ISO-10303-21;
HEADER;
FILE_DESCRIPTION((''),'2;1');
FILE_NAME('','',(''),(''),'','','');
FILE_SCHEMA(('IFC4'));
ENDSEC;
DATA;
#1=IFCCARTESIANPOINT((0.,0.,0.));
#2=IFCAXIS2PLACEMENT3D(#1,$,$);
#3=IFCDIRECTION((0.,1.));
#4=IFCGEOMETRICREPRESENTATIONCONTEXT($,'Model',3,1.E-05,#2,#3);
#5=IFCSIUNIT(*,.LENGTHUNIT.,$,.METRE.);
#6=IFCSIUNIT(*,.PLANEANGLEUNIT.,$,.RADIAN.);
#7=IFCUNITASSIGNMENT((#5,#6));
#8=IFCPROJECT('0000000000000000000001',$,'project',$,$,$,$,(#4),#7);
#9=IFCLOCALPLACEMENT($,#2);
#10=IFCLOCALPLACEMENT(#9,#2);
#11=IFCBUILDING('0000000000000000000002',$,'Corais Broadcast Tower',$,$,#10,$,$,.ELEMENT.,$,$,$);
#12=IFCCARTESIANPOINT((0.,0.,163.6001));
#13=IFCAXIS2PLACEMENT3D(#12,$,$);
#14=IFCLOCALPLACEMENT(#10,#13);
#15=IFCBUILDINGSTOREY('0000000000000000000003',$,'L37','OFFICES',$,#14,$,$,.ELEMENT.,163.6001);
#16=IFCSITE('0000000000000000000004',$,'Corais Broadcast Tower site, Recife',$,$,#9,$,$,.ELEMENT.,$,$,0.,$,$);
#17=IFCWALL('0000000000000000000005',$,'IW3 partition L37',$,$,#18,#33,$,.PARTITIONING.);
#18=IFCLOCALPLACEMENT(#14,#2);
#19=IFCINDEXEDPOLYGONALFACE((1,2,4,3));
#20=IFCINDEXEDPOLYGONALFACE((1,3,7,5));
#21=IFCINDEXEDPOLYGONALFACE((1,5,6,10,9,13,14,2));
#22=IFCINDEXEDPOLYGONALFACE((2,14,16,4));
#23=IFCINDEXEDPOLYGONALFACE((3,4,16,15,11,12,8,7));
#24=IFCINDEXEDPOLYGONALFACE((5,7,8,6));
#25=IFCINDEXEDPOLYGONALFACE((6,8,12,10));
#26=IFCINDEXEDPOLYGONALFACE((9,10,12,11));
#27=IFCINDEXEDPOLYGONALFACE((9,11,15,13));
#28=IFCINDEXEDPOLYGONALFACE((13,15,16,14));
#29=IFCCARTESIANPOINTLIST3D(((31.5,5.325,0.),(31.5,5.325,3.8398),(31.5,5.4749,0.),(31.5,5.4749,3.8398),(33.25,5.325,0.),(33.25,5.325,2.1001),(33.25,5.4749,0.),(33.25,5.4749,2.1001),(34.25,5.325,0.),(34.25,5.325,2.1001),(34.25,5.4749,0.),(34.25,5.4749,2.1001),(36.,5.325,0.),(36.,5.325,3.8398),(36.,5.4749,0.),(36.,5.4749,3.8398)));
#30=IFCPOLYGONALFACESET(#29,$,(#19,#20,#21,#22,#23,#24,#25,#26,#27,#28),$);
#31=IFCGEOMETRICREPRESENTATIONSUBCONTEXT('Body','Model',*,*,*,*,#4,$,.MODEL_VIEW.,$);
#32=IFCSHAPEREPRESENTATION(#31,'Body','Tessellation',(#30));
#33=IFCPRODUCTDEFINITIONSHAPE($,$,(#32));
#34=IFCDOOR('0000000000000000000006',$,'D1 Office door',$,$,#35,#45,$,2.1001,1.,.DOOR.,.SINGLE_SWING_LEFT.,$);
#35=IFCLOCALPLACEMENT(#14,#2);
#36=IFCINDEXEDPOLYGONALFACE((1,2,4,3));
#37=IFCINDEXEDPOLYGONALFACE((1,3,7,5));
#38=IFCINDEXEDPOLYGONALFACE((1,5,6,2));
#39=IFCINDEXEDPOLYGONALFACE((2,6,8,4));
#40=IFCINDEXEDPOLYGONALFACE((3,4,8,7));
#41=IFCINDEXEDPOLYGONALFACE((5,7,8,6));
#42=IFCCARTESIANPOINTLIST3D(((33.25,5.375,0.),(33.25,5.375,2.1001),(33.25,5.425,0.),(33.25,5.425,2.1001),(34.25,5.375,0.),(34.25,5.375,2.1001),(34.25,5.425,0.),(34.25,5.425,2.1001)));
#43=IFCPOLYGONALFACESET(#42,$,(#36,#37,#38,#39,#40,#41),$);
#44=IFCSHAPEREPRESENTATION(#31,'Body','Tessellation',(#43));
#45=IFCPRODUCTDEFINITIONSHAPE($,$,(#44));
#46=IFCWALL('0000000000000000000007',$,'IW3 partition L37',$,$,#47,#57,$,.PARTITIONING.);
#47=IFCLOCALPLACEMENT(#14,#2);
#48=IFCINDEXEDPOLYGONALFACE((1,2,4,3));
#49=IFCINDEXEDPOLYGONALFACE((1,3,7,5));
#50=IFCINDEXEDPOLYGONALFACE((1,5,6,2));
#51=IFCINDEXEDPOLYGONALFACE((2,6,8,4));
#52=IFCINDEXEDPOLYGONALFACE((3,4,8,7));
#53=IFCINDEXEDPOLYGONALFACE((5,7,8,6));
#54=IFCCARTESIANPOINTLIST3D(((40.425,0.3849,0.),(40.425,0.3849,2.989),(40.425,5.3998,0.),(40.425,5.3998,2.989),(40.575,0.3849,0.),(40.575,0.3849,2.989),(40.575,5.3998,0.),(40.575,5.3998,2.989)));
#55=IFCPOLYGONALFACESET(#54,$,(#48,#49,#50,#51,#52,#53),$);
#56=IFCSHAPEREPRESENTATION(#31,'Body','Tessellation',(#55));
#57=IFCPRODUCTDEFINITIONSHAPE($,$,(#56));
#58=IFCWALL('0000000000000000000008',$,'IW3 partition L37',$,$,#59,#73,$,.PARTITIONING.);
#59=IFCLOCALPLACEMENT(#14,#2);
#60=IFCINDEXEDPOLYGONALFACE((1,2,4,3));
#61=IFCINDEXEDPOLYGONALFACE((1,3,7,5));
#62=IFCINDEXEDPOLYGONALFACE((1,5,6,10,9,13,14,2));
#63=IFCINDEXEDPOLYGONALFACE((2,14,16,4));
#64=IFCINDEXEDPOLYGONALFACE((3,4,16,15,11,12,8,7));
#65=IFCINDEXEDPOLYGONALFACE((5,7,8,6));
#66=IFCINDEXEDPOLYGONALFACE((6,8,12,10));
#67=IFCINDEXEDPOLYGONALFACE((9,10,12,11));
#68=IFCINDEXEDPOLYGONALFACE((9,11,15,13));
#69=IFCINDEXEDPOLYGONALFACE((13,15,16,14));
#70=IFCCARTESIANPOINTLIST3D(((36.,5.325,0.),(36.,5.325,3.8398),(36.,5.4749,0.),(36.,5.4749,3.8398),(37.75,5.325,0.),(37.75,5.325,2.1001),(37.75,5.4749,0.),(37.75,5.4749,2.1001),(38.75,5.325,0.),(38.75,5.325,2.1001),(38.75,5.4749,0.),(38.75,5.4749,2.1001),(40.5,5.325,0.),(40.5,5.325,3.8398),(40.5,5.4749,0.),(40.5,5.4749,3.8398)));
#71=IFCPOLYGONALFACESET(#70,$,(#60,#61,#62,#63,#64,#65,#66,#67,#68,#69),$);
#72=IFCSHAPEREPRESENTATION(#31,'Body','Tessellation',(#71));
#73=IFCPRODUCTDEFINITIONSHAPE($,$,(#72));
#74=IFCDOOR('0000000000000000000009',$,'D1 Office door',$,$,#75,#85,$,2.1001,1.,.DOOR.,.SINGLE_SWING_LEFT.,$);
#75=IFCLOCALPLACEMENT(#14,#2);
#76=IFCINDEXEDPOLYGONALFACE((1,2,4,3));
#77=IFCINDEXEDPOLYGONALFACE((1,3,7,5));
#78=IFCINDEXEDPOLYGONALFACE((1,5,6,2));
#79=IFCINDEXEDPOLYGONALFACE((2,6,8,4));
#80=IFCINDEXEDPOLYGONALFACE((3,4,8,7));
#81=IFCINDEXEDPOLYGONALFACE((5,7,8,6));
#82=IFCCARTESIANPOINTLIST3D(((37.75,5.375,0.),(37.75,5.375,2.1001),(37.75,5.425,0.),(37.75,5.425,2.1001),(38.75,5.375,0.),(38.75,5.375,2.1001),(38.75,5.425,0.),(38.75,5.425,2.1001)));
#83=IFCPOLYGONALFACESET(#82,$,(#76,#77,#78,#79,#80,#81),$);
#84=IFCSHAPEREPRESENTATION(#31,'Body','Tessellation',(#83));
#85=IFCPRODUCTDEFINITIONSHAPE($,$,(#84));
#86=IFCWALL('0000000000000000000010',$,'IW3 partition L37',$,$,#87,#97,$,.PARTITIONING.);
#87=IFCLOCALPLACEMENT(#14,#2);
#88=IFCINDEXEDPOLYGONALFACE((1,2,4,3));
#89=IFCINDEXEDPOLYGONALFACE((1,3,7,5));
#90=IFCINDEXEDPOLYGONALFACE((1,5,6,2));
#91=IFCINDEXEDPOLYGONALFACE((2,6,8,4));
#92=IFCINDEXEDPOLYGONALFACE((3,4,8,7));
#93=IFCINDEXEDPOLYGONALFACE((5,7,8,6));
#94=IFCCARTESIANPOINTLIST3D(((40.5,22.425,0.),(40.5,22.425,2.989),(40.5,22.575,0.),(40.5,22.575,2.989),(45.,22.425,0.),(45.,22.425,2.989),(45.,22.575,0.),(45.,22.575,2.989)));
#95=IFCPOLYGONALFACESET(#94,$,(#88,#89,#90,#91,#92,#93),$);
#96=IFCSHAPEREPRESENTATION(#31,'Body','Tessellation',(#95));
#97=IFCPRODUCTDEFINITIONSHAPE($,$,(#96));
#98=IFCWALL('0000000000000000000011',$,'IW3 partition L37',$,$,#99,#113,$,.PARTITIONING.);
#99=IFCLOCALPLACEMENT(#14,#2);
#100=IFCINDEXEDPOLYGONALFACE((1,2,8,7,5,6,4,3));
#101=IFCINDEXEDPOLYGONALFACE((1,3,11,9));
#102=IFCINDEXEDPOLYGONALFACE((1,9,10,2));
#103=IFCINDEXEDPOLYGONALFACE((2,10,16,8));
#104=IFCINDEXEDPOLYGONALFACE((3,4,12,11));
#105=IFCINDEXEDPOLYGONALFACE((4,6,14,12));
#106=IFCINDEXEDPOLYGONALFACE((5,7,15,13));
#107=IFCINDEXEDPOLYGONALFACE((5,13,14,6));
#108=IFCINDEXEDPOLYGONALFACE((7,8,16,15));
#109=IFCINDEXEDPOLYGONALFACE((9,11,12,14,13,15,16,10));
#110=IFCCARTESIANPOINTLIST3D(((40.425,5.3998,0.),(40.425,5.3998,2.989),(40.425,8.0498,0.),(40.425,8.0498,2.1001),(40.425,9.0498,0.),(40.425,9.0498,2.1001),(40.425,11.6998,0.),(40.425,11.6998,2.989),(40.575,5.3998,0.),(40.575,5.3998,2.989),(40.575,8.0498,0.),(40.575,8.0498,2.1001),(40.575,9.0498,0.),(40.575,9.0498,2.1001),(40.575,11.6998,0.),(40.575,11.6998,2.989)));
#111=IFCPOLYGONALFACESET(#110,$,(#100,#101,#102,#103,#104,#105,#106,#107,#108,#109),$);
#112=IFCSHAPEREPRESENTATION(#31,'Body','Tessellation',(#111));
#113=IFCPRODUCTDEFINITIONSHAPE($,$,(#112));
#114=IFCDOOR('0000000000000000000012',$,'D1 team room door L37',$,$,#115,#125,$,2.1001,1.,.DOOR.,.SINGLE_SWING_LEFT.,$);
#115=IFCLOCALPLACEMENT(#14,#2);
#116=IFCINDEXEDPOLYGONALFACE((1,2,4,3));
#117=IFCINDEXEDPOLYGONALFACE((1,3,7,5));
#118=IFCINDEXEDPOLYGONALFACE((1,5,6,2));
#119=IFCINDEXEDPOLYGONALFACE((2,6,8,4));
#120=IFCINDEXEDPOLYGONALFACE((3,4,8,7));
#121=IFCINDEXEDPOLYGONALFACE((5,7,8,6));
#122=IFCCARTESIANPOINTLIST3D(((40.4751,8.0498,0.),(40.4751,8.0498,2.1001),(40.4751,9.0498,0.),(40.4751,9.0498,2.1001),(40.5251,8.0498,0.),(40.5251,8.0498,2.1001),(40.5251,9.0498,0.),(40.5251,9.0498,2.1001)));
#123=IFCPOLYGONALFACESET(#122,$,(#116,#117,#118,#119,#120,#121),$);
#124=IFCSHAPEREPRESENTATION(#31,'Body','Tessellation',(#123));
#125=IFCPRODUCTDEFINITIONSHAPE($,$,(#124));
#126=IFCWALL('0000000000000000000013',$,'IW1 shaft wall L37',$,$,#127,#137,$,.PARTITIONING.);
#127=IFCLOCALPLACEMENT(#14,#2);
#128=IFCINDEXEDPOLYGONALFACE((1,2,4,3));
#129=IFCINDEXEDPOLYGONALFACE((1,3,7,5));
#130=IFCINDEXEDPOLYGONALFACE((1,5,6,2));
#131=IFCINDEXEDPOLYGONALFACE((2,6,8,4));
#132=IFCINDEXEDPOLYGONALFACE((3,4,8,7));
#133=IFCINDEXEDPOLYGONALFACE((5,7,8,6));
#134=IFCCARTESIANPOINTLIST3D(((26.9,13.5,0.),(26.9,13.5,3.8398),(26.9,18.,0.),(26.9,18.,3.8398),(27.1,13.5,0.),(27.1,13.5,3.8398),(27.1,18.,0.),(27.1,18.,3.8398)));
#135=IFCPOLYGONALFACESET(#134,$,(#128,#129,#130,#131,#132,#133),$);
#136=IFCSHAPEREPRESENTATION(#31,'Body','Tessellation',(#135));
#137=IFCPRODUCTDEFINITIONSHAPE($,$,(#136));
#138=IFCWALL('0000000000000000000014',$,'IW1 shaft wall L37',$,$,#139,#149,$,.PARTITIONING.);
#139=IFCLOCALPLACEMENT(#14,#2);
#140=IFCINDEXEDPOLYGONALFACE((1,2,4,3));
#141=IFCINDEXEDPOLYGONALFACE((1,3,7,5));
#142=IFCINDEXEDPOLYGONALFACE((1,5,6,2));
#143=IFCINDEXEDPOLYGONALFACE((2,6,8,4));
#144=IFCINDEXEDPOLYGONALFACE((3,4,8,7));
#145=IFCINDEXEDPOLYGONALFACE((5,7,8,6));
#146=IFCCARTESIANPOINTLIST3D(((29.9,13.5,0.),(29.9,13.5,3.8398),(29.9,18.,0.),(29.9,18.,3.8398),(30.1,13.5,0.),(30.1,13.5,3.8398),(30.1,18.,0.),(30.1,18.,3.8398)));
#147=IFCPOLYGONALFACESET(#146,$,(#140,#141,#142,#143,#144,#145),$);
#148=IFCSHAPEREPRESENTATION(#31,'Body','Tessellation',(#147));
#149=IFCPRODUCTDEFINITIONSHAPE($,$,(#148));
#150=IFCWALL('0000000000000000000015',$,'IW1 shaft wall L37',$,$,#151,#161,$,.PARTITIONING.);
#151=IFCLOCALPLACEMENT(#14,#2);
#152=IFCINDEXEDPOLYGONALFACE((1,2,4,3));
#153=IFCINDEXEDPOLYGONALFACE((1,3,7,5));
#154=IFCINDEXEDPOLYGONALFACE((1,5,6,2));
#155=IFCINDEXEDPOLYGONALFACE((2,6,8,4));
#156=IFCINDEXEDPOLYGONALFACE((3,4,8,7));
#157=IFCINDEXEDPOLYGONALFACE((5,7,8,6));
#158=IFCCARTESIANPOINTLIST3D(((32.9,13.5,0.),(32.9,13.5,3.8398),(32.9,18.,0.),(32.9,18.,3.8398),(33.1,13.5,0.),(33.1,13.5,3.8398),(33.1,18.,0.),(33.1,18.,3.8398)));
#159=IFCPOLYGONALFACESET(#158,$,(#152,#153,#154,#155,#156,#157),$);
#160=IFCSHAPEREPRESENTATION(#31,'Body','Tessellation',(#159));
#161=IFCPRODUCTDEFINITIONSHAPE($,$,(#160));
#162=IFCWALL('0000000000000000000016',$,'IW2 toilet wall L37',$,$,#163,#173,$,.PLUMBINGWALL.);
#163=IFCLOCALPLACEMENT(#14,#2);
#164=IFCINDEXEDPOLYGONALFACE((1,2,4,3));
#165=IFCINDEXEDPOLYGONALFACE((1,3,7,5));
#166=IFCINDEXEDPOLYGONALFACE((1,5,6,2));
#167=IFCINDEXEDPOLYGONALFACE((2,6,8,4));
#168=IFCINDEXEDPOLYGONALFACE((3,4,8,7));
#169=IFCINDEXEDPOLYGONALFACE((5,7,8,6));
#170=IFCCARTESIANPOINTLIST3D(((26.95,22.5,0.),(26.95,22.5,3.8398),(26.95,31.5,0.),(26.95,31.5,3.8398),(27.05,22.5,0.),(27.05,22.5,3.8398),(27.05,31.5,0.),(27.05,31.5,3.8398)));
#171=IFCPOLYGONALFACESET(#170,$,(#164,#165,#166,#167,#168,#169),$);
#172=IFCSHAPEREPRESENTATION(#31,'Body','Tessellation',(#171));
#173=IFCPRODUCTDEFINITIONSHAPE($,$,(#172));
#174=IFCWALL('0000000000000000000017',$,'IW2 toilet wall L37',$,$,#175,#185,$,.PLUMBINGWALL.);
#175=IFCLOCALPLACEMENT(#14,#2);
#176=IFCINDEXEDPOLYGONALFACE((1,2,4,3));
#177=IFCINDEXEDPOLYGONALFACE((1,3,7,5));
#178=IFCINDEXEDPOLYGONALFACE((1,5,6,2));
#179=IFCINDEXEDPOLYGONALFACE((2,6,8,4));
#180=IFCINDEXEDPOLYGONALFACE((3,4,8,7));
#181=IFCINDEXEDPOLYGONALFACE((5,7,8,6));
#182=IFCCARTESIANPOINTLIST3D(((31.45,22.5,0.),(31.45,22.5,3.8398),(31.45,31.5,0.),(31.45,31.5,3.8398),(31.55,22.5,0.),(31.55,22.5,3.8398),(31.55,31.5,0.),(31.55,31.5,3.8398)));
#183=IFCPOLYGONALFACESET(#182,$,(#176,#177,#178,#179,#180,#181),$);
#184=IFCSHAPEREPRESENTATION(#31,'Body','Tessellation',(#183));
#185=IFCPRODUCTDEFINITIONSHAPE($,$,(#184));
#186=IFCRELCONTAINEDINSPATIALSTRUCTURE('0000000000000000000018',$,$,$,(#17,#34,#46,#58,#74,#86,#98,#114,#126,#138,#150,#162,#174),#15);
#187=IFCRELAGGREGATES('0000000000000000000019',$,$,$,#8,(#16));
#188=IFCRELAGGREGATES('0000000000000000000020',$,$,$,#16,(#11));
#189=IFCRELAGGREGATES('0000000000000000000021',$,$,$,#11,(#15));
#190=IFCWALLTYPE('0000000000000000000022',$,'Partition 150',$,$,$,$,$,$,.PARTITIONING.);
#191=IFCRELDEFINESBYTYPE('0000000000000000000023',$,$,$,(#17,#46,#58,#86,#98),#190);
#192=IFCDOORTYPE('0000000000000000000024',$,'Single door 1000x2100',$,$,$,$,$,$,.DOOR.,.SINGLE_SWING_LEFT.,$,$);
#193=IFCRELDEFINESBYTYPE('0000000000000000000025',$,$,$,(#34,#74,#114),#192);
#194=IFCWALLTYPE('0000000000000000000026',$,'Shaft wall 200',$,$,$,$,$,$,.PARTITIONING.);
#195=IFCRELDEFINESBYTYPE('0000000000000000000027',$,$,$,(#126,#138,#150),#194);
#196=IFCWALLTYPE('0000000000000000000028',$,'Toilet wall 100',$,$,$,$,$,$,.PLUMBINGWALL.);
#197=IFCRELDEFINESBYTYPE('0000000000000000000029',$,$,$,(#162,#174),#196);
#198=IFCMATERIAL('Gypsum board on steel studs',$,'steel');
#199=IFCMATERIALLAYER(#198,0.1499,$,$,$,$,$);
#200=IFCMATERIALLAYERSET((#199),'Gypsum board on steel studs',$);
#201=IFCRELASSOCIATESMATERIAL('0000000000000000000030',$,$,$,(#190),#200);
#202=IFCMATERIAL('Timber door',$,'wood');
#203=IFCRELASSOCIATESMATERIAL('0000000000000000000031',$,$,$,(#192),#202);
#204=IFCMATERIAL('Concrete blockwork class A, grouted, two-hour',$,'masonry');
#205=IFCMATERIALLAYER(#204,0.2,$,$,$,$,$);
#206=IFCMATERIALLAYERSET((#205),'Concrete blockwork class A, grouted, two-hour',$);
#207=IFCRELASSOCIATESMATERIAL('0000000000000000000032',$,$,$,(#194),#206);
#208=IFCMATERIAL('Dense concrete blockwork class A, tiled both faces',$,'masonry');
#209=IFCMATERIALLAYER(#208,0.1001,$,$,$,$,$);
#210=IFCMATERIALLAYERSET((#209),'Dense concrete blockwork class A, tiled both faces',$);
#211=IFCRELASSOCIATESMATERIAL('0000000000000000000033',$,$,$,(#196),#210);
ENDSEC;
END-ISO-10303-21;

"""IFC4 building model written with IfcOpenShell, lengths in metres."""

from ifc_helpers import new_model, si_unit, direction, frame, frame_2d, origin, place, context, subcontext, project, spatial, rectangle, extrude, material, layer, layer_set, type_object, element, fill, save


model = new_model("IFC4")

# Units and contexts
model_context = context("Model", 3, precision=1e-05, world=origin(), true_north=direction((0.0, 1.0)))
body_context = subcontext(model_context, "Body", "Model", "MODEL_VIEW")
ifc_project = project(units=[si_unit("LENGTHUNIT", "METRE"), si_unit("PLANEANGLEUNIT", "RADIAN")], contexts=[model_context])

# Site, building, storey
site_placement = place(None, origin())
site = spatial("IfcSite", under=ifc_project, at=site_placement, Name="Corais Broadcast Tower site, Recife", CompositionType="ELEMENT", RefElevation=0.0)
building_placement = place(site_placement, origin())
building = spatial("IfcBuilding", under=site, at=building_placement, Name="Corais Broadcast Tower", CompositionType="ELEMENT")
storey_placement = place(building_placement, frame((0.0, 0.0, 163.6001)))
storey = spatial("IfcBuildingStorey", under=building, at=storey_placement, Name="L37", Description="OFFICES", CompositionType="ELEMENT", Elevation=163.6001)

# Shared definitions
ifc_material_1 = material(Name="Gypsum board on steel studs", Category="steel")
ifc_layer_1 = layer(ifc_material_1, 0.1499)
ifc_layer_set_1 = layer_set([ifc_layer_1], Name="Gypsum board on steel studs")
wall_type_1 = type_object("IfcWallType", Name="Partition 150", PredefinedType="PARTITIONING", material=ifc_layer_set_1)

# Shared definitions
ifc_material_2 = material(Name="Timber door", Category="wood")
door_type_1 = type_object("IfcDoorType", Name="Single door 1000x2100", OperationType="SINGLE_SWING_LEFT", PredefinedType="DOOR", material=ifc_material_2)

# Wall, opening, door
wall_1_placement = place(storey_placement, frame((36.0, 5.3999, 0.0), z_axis=(0.0, 0.0, 1.0), x_axis=(-1.0, 0.0, 0.0)))
wall_1 = element("IfcWall", 1, at=wall_1_placement, inside=storey, type_object=wall_type_1, Name="IW3 partition L37", PredefinedType="PARTITIONING", context=body_context, shape_type="SweptSolid", body=[
    extrude(rectangle(XDim=4.5, YDim=0.1499, at=frame_2d((2.25, 0.0))), origin(), (0.0, 0.0, 1.0), 3.8398),
])
opening_1_placement = place(wall_1_placement, frame((1.75, 0.0, 0.0)))
opening_1 = element("IfcOpeningElement", 2, at=opening_1_placement, cuts=wall_1, PredefinedType="OPENING", context=body_context, shape_type="SweptSolid", body=[
    extrude(rectangle(XDim=1.0, YDim=2.1001, at=frame_2d((0.5, 1.05))), frame((0.0, 0.085, 0.0), z_axis=(0.0, -1.0, 0.0), x_axis=(1.0, 0.0, 0.0)), (0.0, 0.0, 1.0), 0.1699),
])
door_1_placement = place(opening_1_placement, origin())
door_1 = element("IfcDoor", 3, at=door_1_placement, inside=storey, type_object=door_type_1, Name="D1 Office door", OperationType="SINGLE_SWING_LEFT", OverallHeight=2.1001, OverallWidth=1.0, PredefinedType="DOOR", context=body_context, shape_type="SweptSolid", body=[
    extrude(rectangle(XDim=1.0, YDim=2.1001, at=frame_2d((0.5, 1.05))), frame((0.0, 0.0249, 0.0), z_axis=(0.0, -1.0, 0.0), x_axis=(1.0, 0.0, 0.0)), (0.0, 0.0, 1.0), 0.05),
])
fill(opening_1, door_1)

# Wall
wall_2_placement = place(storey_placement, frame((40.5, 0.385, 0.0), z_axis=(0.0, 0.0, 1.0), x_axis=(0.0, 1.0, 0.0)))
element("IfcWall", 4, at=wall_2_placement, inside=storey, type_object=wall_type_1, Name="IW3 partition L37", PredefinedType="PARTITIONING", context=body_context, shape_type="SweptSolid", body=[
    extrude(rectangle(XDim=5.0149, YDim=0.1499, at=frame_2d((2.5073, 0.0))), origin(), (0.0, 0.0, 1.0), 2.989),
])

# Wall, opening, door
wall_3_placement = place(storey_placement, frame((40.5, 5.3999, 0.0), z_axis=(0.0, 0.0, 1.0), x_axis=(-1.0, 0.0, 0.0)))
wall_3 = element("IfcWall", 5, at=wall_3_placement, inside=storey, type_object=wall_type_1, Name="IW3 partition L37", PredefinedType="PARTITIONING", context=body_context, shape_type="SweptSolid", body=[
    extrude(rectangle(XDim=4.5, YDim=0.1499, at=frame_2d((2.25, 0.0))), origin(), (0.0, 0.0, 1.0), 3.8398),
])
opening_2_placement = place(wall_3_placement, frame((1.75, 0.0, 0.0)))
opening_2 = element("IfcOpeningElement", 6, at=opening_2_placement, cuts=wall_3, PredefinedType="OPENING", context=body_context, shape_type="SweptSolid", body=[
    extrude(rectangle(XDim=1.0, YDim=2.1001, at=frame_2d((0.5, 1.05))), frame((0.0, 0.085, 0.0), z_axis=(0.0, -1.0, 0.0), x_axis=(1.0, 0.0, 0.0)), (0.0, 0.0, 1.0), 0.1699),
])
door_2_placement = place(opening_2_placement, origin())
door_2 = element("IfcDoor", 7, at=door_2_placement, inside=storey, type_object=door_type_1, Name="D1 Office door", OperationType="SINGLE_SWING_LEFT", OverallHeight=2.1001, OverallWidth=1.0, PredefinedType="DOOR", context=body_context, shape_type="SweptSolid", body=[
    extrude(rectangle(XDim=1.0, YDim=2.1001, at=frame_2d((0.5, 1.05))), frame((0.0, 0.0249, 0.0), z_axis=(0.0, -1.0, 0.0), x_axis=(1.0, 0.0, 0.0)), (0.0, 0.0, 1.0), 0.05),
])
fill(opening_2, door_2)

# Wall
wall_4_placement = place(storey_placement, frame((40.5, 22.5, 0.0), z_axis=(0.0, 0.0, 1.0), x_axis=(1.0, 0.0, 0.0)))
element("IfcWall", 8, at=wall_4_placement, inside=storey, type_object=wall_type_1, Name="IW3 partition L37", PredefinedType="PARTITIONING", context=body_context, shape_type="SweptSolid", body=[
    extrude(rectangle(XDim=4.5, YDim=0.1499, at=frame_2d((2.25, 0.0))), origin(), (0.0, 0.0, 1.0), 2.989),
])

# Wall, opening, door
wall_5_placement = place(storey_placement, frame((40.5, 5.3999, 0.0), z_axis=(0.0, 0.0, 1.0), x_axis=(0.0, 1.0, 0.0)))
wall_5 = element("IfcWall", 9, at=wall_5_placement, inside=storey, type_object=wall_type_1, Name="IW3 partition L37", PredefinedType="PARTITIONING", context=body_context, shape_type="SweptSolid", body=[
    extrude(rectangle(XDim=6.3, YDim=0.1499, at=frame_2d((3.1499, 0.0))), origin(), (0.0, 0.0, 1.0), 2.989),
])
opening_3_placement = place(wall_5_placement, frame((2.6499, 0.0, 0.0)))
opening_3 = element("IfcOpeningElement", 10, at=opening_3_placement, cuts=wall_5, PredefinedType="OPENING", context=body_context, shape_type="SweptSolid", body=[
    extrude(rectangle(XDim=1.0, YDim=2.1001, at=frame_2d((0.5, 1.05))), frame((0.0, 0.085, 0.0), z_axis=(0.0, -1.0, 0.0), x_axis=(1.0, 0.0, 0.0)), (0.0, 0.0, 1.0), 0.1699),
])
door_3_placement = place(opening_3_placement, origin())
door_3 = element("IfcDoor", 11, at=door_3_placement, inside=storey, type_object=door_type_1, Name="D1 team room door L37", OperationType="SINGLE_SWING_LEFT", OverallHeight=2.1001, OverallWidth=1.0, PredefinedType="DOOR", context=body_context, shape_type="SweptSolid", body=[
    extrude(rectangle(XDim=1.0, YDim=2.1001, at=frame_2d((0.5, 1.05))), frame((0.0, 0.0249, 0.0), z_axis=(0.0, -1.0, 0.0), x_axis=(1.0, 0.0, 0.0)), (0.0, 0.0, 1.0), 0.05),
])
fill(opening_3, door_3)

# Walls
ifc_material_3 = material(Name="Concrete blockwork class A, grouted, two-hour", Category="masonry")
ifc_layer_2 = layer(ifc_material_3, 0.2)
ifc_layer_set_2 = layer_set([ifc_layer_2], Name="Concrete blockwork class A, grouted, two-hour")
wall_type_2 = type_object("IfcWallType", Name="Shaft wall 200", PredefinedType="PARTITIONING", material=ifc_layer_set_2)
for number, where, z_axis, x_axis, name in (
    (12, (27.0, 13.5, 0.0), (0.0, 0.0, 1.0), (0.0, 1.0, 0.0), "IW1 shaft wall L37"),
    (13, (30.0, 13.5, 0.0), (0.0, 0.0, 1.0), (0.0, 1.0, 0.0), "IW1 shaft wall L37"),
    (14, (33.0, 13.5, 0.0), (0.0, 0.0, 1.0), (0.0, 1.0, 0.0), "IW1 shaft wall L37"),
):
    element("IfcWall", number, at=place(storey_placement, frame(where, z_axis=z_axis, x_axis=x_axis)), inside=storey, type_object=wall_type_2, Name=name, PredefinedType="PARTITIONING", context=body_context, shape_type="SweptSolid", body=[
        extrude(rectangle(XDim=4.5, YDim=0.2, at=frame_2d((2.25, 0.0))), origin(), (0.0, 0.0, 1.0), 3.8398),
    ])
ifc_material_4 = material(Name="Dense concrete blockwork class A, tiled both faces", Category="masonry")
ifc_layer_3 = layer(ifc_material_4, 0.1001)
ifc_layer_set_3 = layer_set([ifc_layer_3], Name="Dense concrete blockwork class A, tiled both faces")
wall_type_3 = type_object("IfcWallType", Name="Toilet wall 100", PredefinedType="PLUMBINGWALL", material=ifc_layer_set_3)
for number, where, z_axis, x_axis, name in (
    (15, (27.0, 22.5, 0.0), (0.0, 0.0, 1.0), (0.0, 1.0, 0.0), "IW2 toilet wall L37"),
    (16, (31.5, 22.5, 0.0), (0.0, 0.0, 1.0), (0.0, 1.0, 0.0), "IW2 toilet wall L37"),
):
    element("IfcWall", number, at=place(storey_placement, frame(where, z_axis=z_axis, x_axis=x_axis)), inside=storey, type_object=wall_type_3, Name=name, PredefinedType="PLUMBINGWALL", context=body_context, shape_type="SweptSolid", body=[
        extrude(rectangle(XDim=9.0, YDim=0.1001, at=frame_2d((4.5, 0.0))), origin(), (0.0, 0.0, 1.0), 3.8398),
    ])

save(model, "model.ifc")
